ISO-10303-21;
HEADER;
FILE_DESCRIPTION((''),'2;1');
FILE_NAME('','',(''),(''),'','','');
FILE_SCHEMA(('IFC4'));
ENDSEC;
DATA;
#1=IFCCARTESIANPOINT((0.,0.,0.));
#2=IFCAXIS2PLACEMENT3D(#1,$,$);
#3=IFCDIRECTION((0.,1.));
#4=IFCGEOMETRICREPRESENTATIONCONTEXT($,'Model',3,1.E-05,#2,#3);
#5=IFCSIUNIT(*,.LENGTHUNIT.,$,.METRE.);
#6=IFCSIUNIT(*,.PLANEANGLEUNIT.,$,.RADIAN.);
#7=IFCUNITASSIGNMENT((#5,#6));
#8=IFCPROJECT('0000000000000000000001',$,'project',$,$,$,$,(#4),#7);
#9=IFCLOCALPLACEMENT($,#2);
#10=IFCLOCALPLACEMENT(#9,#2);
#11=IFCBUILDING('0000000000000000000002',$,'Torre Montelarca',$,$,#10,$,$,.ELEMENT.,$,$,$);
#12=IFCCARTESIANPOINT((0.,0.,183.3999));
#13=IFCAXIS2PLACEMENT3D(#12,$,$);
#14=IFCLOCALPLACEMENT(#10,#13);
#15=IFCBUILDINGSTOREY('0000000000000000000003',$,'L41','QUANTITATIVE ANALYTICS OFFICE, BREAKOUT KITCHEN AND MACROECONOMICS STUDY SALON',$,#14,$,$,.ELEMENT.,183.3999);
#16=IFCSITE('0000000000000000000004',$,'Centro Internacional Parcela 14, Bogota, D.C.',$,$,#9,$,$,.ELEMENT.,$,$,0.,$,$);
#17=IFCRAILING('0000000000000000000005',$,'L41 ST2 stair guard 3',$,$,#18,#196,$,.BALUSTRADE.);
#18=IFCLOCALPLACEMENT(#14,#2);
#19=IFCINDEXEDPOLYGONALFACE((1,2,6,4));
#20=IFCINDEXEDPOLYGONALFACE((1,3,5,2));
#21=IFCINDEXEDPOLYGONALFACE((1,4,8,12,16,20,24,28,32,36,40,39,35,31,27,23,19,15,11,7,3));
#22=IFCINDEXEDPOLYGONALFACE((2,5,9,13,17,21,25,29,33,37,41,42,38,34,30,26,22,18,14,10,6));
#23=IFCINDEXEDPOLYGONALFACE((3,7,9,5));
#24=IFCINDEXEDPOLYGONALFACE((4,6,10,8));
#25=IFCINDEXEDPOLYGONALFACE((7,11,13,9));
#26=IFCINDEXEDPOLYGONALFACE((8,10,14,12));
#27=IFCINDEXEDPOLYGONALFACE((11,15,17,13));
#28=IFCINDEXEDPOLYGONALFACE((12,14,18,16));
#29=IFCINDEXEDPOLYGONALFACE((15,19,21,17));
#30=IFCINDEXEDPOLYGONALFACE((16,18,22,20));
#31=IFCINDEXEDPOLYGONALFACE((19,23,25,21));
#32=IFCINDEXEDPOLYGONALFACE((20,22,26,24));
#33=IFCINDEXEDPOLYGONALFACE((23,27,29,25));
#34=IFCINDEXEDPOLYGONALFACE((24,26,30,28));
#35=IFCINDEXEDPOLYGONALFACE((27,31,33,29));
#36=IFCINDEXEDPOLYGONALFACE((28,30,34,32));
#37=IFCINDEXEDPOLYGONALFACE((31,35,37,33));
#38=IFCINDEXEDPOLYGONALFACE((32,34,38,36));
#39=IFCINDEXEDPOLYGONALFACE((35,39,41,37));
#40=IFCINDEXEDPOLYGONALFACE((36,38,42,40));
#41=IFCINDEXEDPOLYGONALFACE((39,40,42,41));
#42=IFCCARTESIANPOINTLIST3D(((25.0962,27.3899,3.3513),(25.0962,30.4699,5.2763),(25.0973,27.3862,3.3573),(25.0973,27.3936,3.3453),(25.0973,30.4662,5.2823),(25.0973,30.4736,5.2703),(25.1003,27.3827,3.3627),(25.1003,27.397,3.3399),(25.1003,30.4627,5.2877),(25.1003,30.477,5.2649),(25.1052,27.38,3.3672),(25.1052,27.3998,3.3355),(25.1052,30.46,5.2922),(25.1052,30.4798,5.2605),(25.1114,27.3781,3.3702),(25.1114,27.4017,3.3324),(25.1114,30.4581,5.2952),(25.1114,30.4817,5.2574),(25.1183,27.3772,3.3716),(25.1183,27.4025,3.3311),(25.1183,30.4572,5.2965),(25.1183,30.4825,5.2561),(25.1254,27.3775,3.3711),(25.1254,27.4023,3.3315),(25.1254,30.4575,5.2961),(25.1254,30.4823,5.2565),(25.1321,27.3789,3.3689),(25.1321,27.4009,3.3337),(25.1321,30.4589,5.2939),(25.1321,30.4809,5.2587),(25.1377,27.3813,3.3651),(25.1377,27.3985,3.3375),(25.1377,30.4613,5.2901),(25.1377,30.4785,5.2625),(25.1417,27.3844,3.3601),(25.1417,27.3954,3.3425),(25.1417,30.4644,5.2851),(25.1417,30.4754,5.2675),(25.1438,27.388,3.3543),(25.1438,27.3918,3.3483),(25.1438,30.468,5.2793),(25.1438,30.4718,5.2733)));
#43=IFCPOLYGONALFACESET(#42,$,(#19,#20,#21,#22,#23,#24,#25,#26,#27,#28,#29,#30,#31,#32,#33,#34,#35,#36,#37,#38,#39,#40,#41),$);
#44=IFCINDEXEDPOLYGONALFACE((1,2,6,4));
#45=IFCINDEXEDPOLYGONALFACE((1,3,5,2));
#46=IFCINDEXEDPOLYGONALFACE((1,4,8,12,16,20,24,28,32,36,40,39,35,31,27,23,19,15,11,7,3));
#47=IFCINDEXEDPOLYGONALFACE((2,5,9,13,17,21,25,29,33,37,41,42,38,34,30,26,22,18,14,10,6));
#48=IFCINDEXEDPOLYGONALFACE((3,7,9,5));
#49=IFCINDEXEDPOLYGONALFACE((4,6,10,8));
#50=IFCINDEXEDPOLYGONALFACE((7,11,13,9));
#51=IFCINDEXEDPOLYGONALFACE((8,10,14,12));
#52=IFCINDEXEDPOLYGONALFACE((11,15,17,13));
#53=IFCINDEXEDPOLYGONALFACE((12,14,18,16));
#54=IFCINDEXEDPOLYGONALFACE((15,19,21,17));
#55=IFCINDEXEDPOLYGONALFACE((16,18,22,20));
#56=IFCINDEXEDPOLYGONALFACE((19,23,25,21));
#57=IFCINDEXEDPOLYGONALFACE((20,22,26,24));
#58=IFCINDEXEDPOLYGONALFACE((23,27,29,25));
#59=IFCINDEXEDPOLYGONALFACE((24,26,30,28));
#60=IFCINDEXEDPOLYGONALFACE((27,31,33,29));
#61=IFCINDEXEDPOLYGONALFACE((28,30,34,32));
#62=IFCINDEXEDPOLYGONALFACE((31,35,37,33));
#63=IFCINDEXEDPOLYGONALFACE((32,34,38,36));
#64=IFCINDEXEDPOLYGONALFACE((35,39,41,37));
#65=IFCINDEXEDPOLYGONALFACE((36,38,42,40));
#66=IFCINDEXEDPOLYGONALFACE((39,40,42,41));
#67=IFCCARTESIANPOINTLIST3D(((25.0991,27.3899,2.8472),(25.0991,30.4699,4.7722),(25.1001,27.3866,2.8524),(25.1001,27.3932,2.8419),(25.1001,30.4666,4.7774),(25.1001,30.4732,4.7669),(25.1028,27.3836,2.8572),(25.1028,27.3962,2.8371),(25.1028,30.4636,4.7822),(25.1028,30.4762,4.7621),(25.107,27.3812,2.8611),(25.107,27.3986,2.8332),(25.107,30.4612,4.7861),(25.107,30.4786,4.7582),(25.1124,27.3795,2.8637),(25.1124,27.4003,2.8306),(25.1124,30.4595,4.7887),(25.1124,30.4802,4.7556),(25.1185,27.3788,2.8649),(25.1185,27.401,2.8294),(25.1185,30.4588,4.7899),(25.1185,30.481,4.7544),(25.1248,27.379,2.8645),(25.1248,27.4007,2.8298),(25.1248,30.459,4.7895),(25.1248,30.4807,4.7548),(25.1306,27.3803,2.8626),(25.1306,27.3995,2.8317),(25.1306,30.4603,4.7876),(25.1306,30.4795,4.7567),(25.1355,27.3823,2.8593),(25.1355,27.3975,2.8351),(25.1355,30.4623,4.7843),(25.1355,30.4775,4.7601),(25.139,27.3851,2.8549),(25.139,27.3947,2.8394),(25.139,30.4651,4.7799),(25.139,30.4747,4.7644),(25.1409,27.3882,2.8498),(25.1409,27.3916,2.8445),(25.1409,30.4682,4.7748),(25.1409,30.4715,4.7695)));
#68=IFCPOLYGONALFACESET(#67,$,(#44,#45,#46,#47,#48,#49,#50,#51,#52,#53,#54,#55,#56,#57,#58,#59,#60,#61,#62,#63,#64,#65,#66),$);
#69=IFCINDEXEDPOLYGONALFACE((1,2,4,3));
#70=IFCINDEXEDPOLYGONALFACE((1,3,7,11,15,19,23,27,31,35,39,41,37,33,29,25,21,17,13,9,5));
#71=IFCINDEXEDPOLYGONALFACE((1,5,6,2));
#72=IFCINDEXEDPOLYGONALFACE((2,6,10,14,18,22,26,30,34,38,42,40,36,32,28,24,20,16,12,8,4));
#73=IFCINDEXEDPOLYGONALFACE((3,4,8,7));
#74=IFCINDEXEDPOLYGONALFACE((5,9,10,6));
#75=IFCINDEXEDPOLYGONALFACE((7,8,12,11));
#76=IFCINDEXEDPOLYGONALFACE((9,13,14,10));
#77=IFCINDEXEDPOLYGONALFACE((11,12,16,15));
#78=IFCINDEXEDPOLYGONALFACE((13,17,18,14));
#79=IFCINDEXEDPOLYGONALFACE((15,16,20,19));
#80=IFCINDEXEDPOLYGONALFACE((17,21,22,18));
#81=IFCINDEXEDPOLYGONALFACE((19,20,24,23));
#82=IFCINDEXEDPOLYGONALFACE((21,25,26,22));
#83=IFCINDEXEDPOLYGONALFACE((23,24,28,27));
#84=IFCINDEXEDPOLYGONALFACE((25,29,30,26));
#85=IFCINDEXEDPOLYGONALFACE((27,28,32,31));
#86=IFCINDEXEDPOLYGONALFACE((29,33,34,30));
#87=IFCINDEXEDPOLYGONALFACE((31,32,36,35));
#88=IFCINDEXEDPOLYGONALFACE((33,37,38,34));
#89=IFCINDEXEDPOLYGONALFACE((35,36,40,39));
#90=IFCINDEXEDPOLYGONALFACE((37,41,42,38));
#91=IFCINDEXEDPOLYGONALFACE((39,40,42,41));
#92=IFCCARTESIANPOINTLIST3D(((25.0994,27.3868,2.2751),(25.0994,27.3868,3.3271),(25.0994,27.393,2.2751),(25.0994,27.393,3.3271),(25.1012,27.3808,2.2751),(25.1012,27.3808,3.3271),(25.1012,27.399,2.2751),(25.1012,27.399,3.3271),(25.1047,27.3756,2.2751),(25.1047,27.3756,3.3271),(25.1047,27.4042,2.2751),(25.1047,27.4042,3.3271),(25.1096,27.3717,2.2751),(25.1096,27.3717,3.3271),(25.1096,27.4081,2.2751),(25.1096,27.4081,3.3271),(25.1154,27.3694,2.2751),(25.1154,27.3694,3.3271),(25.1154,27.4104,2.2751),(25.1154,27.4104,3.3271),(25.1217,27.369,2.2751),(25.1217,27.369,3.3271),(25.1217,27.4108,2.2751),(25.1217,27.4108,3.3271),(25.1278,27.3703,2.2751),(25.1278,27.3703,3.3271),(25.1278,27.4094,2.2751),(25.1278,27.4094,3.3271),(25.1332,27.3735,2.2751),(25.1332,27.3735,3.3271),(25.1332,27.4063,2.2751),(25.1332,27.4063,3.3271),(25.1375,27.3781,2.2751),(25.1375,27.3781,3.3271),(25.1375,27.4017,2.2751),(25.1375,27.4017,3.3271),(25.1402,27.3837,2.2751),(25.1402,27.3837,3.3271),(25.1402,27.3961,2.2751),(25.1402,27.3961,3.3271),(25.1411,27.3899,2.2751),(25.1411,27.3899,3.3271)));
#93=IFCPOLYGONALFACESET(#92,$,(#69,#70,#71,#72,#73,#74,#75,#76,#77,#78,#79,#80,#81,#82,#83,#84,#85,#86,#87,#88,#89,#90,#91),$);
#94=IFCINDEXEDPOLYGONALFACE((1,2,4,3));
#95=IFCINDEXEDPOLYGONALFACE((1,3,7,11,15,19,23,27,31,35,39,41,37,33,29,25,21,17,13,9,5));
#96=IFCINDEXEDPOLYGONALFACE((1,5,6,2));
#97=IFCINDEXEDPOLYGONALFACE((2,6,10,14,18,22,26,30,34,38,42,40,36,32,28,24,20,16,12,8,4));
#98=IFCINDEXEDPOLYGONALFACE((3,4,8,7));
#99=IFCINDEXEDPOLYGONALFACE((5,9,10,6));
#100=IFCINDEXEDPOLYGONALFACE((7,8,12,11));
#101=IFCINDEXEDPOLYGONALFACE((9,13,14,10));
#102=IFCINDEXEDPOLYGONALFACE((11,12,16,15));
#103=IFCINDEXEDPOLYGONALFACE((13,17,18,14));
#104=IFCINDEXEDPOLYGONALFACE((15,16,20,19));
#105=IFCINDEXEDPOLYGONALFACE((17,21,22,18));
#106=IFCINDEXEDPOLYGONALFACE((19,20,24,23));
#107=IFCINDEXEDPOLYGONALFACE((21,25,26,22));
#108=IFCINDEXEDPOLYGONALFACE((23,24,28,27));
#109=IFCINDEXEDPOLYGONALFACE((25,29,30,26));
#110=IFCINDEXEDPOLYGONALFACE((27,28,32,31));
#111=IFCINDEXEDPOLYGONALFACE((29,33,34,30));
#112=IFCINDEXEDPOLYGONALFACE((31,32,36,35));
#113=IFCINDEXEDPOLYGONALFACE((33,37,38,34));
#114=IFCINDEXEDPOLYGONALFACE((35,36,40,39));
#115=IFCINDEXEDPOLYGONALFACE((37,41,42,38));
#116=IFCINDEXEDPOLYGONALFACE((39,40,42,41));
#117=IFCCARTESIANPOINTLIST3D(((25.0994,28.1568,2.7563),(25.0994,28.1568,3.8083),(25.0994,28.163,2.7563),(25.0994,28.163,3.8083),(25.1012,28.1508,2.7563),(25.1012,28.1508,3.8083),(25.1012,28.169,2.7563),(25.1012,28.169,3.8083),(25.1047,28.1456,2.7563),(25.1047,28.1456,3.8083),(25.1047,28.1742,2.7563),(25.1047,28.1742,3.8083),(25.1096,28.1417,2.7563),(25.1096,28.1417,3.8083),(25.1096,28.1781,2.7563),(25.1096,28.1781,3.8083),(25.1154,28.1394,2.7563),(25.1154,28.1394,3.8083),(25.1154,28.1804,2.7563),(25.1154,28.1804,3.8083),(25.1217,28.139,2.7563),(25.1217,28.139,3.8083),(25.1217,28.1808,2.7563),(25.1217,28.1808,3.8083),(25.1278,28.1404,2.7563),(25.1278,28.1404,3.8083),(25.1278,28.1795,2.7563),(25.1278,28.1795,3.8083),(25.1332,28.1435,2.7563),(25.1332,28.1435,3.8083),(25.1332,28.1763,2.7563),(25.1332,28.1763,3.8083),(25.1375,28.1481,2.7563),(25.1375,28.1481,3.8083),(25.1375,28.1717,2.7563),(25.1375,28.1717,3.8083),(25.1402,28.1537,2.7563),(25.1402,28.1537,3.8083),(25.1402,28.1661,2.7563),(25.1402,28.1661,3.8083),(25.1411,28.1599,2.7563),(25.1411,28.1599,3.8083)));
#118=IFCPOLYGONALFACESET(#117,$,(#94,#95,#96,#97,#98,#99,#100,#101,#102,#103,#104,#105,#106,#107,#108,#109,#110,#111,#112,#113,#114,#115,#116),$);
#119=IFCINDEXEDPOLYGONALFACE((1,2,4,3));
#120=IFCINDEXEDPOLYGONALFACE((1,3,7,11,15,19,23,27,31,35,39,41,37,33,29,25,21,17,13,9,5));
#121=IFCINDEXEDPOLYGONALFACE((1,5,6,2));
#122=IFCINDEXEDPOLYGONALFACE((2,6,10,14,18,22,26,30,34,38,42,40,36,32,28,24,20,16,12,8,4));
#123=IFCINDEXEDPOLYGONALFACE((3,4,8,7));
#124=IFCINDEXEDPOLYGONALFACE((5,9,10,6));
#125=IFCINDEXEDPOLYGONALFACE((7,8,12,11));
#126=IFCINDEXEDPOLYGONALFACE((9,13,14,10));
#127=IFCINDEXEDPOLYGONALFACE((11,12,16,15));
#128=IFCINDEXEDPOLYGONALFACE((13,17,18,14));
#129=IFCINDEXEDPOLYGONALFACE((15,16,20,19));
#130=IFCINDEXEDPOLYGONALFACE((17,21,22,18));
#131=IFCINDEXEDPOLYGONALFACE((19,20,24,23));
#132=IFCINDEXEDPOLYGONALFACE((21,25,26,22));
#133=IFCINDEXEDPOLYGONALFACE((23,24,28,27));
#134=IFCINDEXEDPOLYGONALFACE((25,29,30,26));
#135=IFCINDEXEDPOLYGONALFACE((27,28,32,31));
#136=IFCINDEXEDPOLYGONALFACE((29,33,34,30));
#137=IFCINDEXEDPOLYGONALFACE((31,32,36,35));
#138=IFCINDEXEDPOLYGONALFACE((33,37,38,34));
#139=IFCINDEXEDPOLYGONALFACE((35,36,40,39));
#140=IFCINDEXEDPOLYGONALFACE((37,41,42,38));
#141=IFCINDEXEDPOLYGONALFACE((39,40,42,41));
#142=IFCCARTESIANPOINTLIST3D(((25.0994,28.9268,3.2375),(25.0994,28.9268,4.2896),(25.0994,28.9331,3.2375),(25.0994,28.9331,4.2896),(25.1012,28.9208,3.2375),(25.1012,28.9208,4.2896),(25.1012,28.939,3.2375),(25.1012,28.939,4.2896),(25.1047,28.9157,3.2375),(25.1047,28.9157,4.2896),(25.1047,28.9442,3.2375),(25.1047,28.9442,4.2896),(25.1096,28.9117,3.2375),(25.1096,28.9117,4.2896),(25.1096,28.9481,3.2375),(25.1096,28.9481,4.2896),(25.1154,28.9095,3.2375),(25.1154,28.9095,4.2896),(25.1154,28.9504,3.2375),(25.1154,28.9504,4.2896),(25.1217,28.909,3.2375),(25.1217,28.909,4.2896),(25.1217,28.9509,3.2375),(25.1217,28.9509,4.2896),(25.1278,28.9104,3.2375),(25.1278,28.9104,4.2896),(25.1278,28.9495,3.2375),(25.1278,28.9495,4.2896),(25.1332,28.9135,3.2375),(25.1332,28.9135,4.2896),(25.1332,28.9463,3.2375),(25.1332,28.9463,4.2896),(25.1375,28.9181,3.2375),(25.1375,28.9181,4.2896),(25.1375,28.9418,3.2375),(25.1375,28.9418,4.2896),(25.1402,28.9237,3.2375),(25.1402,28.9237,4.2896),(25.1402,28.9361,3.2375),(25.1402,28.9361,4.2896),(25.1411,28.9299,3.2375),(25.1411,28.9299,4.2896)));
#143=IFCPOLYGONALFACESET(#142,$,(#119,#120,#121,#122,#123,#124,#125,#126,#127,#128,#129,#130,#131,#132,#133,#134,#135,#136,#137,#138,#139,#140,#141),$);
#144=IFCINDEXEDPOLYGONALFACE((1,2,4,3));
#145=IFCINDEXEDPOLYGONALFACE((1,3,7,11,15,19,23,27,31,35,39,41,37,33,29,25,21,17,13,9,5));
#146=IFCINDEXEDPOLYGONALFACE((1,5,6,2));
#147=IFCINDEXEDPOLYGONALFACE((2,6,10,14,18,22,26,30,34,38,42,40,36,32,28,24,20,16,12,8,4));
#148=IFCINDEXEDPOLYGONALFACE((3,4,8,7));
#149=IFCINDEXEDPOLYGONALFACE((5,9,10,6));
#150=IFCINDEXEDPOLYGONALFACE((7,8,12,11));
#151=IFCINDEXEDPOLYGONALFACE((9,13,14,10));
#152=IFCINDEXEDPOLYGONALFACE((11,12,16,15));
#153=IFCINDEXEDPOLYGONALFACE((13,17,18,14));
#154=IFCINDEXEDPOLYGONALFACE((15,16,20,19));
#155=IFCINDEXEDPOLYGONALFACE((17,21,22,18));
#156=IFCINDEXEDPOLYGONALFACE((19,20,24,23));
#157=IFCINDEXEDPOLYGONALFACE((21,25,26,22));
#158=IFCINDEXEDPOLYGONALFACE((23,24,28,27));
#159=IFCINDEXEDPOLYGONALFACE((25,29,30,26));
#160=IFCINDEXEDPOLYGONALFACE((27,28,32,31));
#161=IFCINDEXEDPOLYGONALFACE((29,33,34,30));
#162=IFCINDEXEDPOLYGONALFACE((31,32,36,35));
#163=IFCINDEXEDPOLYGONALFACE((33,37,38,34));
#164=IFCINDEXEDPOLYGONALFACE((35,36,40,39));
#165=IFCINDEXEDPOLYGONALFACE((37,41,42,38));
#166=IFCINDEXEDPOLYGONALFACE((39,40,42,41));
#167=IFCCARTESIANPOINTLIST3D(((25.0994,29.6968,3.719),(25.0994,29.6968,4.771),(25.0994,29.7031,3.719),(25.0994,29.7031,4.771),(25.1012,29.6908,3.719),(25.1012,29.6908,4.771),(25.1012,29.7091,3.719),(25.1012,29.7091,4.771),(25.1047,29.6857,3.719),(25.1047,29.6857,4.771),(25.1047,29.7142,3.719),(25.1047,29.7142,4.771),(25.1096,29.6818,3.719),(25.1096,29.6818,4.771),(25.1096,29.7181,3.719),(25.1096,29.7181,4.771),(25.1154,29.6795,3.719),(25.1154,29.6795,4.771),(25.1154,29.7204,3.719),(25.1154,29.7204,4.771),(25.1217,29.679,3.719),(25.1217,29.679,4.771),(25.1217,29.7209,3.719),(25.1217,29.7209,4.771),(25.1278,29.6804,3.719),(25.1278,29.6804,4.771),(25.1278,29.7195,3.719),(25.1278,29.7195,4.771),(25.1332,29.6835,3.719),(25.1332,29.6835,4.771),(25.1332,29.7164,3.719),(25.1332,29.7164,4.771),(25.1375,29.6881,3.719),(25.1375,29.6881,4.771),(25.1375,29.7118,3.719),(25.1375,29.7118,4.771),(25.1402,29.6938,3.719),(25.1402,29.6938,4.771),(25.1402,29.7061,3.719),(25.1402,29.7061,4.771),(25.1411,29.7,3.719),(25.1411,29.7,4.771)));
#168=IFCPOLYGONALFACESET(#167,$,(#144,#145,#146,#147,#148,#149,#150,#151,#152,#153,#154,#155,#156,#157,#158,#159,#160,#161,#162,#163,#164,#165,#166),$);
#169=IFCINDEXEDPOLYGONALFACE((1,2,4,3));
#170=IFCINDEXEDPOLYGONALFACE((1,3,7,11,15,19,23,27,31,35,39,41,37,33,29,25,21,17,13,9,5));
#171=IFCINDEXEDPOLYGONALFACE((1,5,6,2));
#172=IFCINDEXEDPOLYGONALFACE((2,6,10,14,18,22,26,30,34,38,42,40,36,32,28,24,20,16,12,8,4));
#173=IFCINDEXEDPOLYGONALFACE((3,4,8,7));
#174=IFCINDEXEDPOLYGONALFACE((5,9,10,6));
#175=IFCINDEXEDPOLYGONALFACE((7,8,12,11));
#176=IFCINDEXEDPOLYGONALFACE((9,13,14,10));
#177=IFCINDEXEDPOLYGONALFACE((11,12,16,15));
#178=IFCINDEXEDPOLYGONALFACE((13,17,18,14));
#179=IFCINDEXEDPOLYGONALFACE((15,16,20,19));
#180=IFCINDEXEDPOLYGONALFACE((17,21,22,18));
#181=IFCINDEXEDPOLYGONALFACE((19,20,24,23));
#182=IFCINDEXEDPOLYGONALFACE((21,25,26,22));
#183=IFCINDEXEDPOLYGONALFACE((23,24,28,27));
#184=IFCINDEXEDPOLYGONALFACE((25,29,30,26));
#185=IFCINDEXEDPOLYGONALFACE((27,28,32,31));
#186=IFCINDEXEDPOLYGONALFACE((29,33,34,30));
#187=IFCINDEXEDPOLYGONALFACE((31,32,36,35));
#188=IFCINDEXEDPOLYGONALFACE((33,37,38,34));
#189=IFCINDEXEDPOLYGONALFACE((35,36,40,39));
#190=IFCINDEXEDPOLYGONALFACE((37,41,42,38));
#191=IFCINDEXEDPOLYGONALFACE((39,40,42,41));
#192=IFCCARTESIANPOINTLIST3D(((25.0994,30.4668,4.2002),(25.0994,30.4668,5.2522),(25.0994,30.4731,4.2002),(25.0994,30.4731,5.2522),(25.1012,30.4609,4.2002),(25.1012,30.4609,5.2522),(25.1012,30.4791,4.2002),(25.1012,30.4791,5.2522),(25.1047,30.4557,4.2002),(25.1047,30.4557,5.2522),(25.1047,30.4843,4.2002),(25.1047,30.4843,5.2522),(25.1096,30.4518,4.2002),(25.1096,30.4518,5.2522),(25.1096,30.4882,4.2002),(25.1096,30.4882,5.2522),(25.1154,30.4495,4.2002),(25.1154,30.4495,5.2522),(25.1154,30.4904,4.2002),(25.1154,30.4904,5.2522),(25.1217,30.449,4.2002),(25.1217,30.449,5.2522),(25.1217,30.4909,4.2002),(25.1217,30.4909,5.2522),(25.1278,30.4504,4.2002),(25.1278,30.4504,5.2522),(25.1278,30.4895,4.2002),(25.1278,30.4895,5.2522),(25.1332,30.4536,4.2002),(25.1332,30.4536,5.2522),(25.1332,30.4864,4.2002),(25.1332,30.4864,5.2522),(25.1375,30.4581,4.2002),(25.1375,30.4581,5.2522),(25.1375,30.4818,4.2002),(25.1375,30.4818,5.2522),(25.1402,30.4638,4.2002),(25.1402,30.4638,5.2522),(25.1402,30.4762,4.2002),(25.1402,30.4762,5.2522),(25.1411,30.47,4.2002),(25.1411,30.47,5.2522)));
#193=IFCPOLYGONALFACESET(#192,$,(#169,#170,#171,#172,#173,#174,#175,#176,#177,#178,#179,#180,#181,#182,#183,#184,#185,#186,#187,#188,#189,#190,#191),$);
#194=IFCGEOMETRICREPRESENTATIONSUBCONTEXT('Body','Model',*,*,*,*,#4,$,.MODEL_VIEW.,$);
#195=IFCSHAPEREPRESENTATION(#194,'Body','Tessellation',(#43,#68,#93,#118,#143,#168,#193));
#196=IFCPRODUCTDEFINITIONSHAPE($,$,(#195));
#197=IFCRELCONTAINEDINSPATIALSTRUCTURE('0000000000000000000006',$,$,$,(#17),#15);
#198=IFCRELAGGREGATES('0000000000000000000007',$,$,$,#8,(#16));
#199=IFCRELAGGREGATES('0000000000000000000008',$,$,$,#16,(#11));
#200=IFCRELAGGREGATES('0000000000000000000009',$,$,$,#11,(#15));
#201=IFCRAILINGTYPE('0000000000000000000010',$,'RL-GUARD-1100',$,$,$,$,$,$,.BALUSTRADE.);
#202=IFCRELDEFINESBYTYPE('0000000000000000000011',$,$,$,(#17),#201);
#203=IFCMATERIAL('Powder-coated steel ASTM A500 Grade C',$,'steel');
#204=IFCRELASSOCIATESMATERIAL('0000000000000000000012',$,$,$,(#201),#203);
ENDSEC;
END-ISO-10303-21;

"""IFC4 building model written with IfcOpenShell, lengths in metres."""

from ifc_helpers import new_model, si_unit, direction, frame, origin, origin_2d, place, context, subcontext, project, spatial, circle, extrude, material, type_object, element, save


model = new_model("IFC4")

# Units and contexts
model_context = context("Model", 3, precision=1e-05, world=origin(), true_north=direction((0.0, 1.0)))
body_context = subcontext(model_context, "Body", "Model", "MODEL_VIEW")
ifc_project = project(units=[si_unit("LENGTHUNIT", "METRE"), si_unit("PLANEANGLEUNIT", "RADIAN")], contexts=[model_context])

# Site, building, storey
site_placement = place(None, origin())
site = spatial("IfcSite", under=ifc_project, at=site_placement, Name="Centro Internacional Parcela 14, Bogota, D.C.", CompositionType="ELEMENT", RefElevation=0.0)
building_placement = place(site_placement, origin())
building = spatial("IfcBuilding", under=site, at=building_placement, Name="Torre Montelarca", CompositionType="ELEMENT")
storey_placement = place(building_placement, frame((0.0, 0.0, 183.3999)))
storey = spatial("IfcBuildingStorey", under=building, at=storey_placement, Name="L41", Description="QUANTITATIVE ANALYTICS OFFICE, BREAKOUT KITCHEN AND MACROECONOMICS STUDY SALON", CompositionType="ELEMENT", Elevation=183.3999)

# Railing
ifc_material_1 = material(Name="Powder-coated steel ASTM A500 Grade C", Category="steel")
railing_type_1 = type_object("IfcRailingType", Name="RL-GUARD-1100", PredefinedType="BALUSTRADE", material=ifc_material_1)
railing_1_placement = place(storey_placement, frame((25.1201, 27.3899, 2.2751)))
element("IfcRailing", 1, at=railing_1_placement, inside=storey, type_object=railing_type_1, Name="L41 ST2 stair guard 3", PredefinedType="BALUSTRADE", context=body_context, shape_type="SweptSolid", body=[
    extrude(circle(Radius=0.0239, at=origin_2d()), frame((0.0, 0.0, 1.0762), z_axis=(0.0, 0.847998, 0.529999), x_axis=(-1.0, 0.0, 0.0)), (0.0, 0.0, 1.0), 3.6321),
    extrude(circle(Radius=0.021, at=origin_2d()), frame((0.0, 0.0, 0.572), z_axis=(0.0, 0.847998, 0.529999), x_axis=(-1.0, 0.0, 0.0)), (0.0, 0.0, 1.0), 3.6321),
    extrude(circle(Radius=0.021, at=origin_2d()), origin(), (0.0, 0.0, 1.0), 1.052),
    extrude(circle(Radius=0.021, at=origin_2d()), frame((0.0, 0.77, 0.4812)), (0.0, 0.0, 1.0), 1.052),
    extrude(circle(Radius=0.021, at=origin_2d()), frame((0.0, 1.54, 0.9624)), (0.0, 0.0, 1.0), 1.052),
    extrude(circle(Radius=0.021, at=origin_2d()), frame((0.0, 2.3101, 1.4438)), (0.0, 0.0, 1.0), 1.052),
    extrude(circle(Radius=0.021, at=origin_2d()), frame((0.0, 3.0801, 1.925)), (0.0, 0.0, 1.0), 1.052),
])

save(model, "model.ifc")
